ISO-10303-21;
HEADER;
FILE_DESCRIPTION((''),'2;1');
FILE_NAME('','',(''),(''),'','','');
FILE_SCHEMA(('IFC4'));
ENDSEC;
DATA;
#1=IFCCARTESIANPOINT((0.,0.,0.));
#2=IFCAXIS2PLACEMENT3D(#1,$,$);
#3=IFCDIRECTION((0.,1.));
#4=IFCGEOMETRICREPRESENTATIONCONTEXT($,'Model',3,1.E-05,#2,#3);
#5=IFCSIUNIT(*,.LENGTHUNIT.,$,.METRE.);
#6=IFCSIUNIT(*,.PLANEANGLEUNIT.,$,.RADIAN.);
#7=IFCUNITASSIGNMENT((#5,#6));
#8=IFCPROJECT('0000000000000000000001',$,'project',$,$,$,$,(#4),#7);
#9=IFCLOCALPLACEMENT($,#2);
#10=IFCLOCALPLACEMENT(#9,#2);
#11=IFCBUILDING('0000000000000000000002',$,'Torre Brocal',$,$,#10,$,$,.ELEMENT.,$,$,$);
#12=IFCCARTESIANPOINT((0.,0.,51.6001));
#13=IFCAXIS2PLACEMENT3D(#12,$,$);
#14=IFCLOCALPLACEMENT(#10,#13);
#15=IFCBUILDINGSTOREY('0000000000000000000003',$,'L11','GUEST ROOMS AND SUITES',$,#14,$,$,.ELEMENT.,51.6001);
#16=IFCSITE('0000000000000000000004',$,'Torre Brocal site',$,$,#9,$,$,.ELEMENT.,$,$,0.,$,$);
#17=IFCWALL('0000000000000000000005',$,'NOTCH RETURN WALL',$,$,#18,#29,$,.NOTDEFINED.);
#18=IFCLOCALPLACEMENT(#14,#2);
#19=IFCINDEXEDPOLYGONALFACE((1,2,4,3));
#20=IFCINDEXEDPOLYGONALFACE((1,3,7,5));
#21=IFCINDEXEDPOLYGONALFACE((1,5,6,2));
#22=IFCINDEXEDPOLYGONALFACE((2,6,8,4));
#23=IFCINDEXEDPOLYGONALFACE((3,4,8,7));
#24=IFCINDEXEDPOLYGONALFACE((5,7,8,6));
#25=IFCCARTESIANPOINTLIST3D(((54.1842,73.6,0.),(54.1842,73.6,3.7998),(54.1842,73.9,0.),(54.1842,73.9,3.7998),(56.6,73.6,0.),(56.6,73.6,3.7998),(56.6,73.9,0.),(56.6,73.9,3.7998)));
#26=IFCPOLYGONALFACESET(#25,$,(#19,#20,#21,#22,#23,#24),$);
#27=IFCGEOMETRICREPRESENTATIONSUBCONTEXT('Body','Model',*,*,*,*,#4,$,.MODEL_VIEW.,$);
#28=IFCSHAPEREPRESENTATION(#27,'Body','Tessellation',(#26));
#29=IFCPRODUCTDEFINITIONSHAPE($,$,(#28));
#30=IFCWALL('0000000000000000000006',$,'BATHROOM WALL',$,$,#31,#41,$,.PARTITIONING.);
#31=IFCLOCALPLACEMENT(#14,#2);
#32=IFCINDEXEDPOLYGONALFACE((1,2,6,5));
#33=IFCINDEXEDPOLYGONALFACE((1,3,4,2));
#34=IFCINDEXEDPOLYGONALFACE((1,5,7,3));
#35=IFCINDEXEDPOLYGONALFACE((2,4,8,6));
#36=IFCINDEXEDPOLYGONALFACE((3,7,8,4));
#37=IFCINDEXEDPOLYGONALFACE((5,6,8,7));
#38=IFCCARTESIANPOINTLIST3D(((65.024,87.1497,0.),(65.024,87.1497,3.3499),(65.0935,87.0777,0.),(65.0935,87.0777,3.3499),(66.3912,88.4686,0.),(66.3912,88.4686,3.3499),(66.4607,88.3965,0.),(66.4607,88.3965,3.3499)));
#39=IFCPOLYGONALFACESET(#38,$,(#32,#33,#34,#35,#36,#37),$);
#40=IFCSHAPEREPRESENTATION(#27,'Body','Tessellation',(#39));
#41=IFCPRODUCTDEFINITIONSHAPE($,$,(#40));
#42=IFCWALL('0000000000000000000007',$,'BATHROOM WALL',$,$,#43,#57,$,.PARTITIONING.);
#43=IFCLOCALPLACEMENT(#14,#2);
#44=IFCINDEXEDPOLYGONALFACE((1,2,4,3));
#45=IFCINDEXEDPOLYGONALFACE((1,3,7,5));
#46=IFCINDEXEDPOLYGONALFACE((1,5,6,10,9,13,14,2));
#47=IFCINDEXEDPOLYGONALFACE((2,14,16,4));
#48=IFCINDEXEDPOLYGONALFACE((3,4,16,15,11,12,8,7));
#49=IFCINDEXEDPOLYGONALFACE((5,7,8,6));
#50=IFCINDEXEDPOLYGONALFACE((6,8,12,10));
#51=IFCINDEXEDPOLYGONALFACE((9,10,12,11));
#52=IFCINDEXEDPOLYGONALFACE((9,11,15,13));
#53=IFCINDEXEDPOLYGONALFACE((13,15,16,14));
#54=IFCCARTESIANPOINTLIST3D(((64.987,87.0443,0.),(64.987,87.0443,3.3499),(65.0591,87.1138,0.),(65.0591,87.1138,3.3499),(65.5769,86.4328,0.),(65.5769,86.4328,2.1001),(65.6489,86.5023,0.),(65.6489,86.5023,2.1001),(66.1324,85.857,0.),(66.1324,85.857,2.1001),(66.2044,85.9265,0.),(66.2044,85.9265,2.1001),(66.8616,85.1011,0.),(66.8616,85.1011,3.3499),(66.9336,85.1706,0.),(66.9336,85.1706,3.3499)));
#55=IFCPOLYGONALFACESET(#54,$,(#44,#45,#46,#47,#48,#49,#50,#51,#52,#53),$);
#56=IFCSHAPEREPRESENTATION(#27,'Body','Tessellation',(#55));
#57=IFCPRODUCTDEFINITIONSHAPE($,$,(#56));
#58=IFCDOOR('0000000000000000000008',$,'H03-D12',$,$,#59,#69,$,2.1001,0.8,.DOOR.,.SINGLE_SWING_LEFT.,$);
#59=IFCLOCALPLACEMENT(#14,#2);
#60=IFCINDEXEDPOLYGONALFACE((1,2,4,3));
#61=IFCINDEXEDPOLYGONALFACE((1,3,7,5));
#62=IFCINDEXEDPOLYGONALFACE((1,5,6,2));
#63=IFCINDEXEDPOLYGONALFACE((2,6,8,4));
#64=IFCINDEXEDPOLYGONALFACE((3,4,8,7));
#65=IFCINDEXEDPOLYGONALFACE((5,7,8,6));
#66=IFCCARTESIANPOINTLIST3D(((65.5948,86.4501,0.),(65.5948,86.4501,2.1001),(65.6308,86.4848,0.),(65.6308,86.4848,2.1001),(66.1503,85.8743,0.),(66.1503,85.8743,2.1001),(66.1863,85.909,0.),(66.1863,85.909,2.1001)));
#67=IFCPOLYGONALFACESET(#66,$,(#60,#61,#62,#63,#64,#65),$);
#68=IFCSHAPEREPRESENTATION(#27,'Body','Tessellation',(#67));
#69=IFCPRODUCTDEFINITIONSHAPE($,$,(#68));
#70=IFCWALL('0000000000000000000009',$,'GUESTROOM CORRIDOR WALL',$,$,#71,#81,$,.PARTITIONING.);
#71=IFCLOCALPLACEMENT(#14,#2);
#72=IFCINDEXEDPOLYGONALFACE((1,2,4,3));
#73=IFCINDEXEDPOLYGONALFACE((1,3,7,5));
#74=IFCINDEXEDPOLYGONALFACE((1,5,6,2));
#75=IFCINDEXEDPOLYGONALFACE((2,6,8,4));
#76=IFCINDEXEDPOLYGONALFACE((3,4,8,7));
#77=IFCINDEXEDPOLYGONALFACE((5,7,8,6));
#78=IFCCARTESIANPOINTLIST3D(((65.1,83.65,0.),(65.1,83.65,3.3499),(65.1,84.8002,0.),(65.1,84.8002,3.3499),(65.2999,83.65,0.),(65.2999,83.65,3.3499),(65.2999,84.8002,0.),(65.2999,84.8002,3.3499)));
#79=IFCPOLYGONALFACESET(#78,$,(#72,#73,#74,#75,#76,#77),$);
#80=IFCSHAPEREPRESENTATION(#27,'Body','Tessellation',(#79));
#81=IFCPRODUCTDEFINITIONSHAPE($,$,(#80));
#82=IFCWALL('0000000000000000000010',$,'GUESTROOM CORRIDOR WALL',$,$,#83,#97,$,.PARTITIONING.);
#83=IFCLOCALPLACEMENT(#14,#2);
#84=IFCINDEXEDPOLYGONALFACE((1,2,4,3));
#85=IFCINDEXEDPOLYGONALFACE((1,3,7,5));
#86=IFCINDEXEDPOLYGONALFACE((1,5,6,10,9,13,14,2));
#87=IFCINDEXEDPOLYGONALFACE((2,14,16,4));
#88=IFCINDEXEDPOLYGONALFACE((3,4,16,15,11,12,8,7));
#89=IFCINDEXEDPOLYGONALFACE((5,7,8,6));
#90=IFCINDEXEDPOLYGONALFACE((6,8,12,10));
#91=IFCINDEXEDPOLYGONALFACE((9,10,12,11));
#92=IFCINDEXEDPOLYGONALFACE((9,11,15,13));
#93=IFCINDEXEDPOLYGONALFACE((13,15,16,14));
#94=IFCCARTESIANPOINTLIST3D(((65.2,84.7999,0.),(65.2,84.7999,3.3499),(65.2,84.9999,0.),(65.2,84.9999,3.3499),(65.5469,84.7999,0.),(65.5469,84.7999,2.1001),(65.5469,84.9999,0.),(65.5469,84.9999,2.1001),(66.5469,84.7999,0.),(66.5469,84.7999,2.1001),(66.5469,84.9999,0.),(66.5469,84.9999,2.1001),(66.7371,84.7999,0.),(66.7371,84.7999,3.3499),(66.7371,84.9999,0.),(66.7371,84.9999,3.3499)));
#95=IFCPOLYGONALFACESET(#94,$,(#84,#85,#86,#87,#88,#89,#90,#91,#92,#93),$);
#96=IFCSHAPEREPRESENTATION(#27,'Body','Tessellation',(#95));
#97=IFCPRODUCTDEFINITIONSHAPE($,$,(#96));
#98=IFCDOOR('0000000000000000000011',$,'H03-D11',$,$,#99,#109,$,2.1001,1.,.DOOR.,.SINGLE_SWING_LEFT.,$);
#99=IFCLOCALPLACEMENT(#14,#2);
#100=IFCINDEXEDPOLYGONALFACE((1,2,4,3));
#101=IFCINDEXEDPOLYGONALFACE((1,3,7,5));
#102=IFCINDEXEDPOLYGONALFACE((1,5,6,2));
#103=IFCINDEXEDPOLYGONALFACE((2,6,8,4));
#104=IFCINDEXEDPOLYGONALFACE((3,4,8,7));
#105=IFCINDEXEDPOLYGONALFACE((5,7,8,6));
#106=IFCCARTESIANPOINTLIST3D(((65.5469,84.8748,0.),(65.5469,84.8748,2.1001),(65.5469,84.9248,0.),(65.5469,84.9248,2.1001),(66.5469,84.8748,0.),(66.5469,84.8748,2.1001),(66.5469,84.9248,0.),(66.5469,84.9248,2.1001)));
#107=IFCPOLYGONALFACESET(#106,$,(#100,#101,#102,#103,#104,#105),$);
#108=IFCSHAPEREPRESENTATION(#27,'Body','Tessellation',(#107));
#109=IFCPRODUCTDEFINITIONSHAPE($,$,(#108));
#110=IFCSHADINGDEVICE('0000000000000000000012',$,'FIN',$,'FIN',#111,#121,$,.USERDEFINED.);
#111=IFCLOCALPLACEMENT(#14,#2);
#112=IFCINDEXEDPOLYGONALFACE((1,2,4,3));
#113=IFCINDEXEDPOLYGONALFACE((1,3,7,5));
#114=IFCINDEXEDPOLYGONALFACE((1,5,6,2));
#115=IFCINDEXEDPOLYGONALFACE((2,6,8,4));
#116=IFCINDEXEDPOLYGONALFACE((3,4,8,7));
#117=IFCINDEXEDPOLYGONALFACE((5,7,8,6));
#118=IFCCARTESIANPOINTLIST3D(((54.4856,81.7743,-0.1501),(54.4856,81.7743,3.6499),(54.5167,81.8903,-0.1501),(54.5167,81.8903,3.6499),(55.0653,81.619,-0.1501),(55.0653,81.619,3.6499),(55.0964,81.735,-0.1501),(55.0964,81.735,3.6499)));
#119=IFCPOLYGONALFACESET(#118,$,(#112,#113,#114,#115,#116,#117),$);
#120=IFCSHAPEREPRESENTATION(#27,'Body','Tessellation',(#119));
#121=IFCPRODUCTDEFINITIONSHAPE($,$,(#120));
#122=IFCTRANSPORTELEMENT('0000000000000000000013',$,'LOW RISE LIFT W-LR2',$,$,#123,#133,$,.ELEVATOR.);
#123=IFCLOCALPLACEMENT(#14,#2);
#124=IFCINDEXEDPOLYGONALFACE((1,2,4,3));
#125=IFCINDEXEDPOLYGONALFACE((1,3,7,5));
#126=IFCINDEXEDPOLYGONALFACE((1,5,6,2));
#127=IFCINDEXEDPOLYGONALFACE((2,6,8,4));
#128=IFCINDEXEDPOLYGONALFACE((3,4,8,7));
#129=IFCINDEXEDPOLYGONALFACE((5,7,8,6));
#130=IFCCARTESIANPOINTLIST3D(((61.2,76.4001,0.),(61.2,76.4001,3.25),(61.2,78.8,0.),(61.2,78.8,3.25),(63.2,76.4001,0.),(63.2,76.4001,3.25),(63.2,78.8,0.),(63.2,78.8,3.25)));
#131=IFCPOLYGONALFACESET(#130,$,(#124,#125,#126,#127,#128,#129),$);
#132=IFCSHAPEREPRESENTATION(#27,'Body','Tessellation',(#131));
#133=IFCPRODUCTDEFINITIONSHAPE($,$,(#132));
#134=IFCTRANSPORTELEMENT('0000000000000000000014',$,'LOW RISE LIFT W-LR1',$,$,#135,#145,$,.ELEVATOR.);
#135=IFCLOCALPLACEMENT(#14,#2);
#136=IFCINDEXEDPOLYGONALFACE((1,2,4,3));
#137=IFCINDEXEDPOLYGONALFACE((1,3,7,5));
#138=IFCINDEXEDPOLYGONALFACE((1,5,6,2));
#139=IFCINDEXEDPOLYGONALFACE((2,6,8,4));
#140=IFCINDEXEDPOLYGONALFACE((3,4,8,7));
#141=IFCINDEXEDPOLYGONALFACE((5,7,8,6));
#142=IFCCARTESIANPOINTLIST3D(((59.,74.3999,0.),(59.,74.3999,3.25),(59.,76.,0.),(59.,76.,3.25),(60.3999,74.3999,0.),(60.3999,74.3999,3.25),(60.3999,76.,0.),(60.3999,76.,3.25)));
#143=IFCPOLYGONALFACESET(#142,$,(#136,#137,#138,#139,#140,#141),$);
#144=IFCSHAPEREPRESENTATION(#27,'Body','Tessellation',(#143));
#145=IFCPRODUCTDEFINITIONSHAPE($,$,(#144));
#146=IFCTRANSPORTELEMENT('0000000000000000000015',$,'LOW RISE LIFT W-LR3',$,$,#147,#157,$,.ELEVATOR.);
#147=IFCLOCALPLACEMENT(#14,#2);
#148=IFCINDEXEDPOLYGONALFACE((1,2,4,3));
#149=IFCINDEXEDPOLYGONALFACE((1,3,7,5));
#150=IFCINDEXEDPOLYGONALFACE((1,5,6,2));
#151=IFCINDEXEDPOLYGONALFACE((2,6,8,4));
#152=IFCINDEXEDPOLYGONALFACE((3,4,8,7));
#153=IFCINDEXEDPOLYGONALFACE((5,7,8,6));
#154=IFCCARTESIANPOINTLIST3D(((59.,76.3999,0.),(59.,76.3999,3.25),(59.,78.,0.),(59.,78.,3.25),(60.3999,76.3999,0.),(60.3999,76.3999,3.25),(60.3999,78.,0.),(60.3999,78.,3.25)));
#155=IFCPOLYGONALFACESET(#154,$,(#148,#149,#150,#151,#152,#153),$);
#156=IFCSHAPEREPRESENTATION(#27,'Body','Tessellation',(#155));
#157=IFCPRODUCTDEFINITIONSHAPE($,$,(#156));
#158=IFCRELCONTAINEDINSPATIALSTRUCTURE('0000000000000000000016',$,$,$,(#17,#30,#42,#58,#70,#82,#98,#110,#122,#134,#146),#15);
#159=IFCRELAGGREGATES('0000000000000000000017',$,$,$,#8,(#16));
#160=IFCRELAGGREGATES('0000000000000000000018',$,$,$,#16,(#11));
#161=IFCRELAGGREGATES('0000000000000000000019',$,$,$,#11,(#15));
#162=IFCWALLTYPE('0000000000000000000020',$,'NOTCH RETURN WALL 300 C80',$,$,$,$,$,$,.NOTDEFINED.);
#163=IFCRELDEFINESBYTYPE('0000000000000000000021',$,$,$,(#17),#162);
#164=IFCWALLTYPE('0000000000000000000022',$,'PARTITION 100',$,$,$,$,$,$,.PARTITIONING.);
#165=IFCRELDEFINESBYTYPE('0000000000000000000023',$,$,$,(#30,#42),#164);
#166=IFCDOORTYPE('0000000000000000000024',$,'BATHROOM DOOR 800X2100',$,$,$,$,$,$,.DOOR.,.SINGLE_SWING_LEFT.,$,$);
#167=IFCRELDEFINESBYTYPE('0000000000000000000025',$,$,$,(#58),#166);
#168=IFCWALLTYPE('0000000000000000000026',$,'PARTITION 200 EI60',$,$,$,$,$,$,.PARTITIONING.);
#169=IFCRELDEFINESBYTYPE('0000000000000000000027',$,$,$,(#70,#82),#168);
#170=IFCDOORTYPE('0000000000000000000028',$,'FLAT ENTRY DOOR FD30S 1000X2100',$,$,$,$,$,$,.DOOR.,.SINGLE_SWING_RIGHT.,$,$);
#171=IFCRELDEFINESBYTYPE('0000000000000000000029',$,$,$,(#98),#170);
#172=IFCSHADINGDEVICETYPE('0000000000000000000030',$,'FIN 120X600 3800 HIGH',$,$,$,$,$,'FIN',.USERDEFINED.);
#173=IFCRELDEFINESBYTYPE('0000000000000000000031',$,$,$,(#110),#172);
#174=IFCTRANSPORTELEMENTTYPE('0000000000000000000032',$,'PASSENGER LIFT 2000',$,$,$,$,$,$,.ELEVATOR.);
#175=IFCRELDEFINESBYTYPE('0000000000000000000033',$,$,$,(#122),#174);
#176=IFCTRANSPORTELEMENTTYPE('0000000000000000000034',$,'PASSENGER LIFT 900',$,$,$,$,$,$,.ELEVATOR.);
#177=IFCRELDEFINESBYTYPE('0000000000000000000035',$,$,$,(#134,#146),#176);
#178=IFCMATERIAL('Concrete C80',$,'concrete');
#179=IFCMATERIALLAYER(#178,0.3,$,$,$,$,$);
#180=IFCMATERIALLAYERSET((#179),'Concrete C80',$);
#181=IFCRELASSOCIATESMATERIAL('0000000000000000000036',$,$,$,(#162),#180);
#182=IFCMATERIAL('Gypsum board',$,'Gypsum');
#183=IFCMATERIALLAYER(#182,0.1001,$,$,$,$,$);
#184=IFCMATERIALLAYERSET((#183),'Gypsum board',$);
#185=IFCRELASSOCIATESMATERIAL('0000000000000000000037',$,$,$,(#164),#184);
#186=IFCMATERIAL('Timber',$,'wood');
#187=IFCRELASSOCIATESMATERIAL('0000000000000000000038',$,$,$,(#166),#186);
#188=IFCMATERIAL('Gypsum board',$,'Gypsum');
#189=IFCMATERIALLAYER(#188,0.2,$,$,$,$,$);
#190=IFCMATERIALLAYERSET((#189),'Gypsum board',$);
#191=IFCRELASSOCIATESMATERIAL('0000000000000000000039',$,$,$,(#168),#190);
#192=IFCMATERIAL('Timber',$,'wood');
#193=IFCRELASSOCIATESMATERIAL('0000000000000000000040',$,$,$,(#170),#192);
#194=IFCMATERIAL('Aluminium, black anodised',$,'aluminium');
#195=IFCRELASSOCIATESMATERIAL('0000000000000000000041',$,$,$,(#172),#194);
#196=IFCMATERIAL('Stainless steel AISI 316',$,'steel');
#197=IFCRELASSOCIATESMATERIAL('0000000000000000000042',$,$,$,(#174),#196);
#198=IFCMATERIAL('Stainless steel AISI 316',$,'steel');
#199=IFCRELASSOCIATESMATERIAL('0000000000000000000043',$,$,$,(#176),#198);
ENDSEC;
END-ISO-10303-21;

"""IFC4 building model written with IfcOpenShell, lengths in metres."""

from ifc_helpers import new_model, si_unit, direction, frame, frame_2d, origin, origin_2d, place, context, subcontext, project, spatial, rectangle, extrude, material, layer, layer_set, material_profile, profile_set, type_object, element, fill, save


model = new_model("IFC4")

# Units and contexts
model_context = context("Model", 3, precision=1e-05, world=origin(), true_north=direction((0.0, 1.0)))
body_context = subcontext(model_context, "Body", "Model", "MODEL_VIEW")
ifc_project = project(units=[si_unit("LENGTHUNIT", "METRE"), si_unit("PLANEANGLEUNIT", "RADIAN")], contexts=[model_context])

# Site, building, storey
site_placement = place(None, origin())
site = spatial("IfcSite", under=ifc_project, at=site_placement, Name="Torre Brocal site", CompositionType="ELEMENT", RefElevation=0.0)
building_placement = place(site_placement, origin())
building = spatial("IfcBuilding", under=site, at=building_placement, Name="Torre Brocal", CompositionType="ELEMENT")
storey_placement = place(building_placement, frame((0.0, 0.0, 51.6001)))
storey = spatial("IfcBuildingStorey", under=building, at=storey_placement, Name="L11", Description="GUEST ROOMS AND SUITES", CompositionType="ELEMENT", Elevation=51.6001)

# Walls
ifc_material_1 = material(Name="Concrete C80", Category="concrete")
ifc_layer_1 = layer(ifc_material_1, 0.3)
ifc_layer_set_1 = layer_set([ifc_layer_1], Name="Concrete C80")
wall_type_1 = type_object("IfcWallType", Name="NOTCH RETURN WALL 300 C80", PredefinedType="NOTDEFINED", material=ifc_layer_set_1)
for number, where, z_axis, x_axis, name in (
    (1, (56.6001, 73.75, 0.0), (0.0, 0.0, 1.0), (-1.0, 0.0, 0.0), "NOTCH RETURN WALL"),
):
    element("IfcWall", number, at=place(storey_placement, frame(where, z_axis=z_axis, x_axis=x_axis)), inside=storey, type_object=wall_type_1, Name=name, PredefinedType="NOTDEFINED", context=body_context, shape_type="SweptSolid", body=[
        extrude(rectangle(XDim=2.4158, YDim=0.3, at=frame_2d((1.208, 0.0))), origin(), (0.0, 0.0, 1.0), 3.7998),
    ])
ifc_material_2 = material(Name="Gypsum board", Category="Gypsum")
ifc_layer_2 = layer(ifc_material_2, 0.1001)
ifc_layer_set_2 = layer_set([ifc_layer_2], Name="Gypsum board")
wall_type_2 = type_object("IfcWallType", Name="PARTITION 100", PredefinedType="PARTITIONING", material=ifc_layer_set_2)
wall_1_placement = place(storey_placement, frame((65.0588, 87.1138, 0.0), z_axis=(0.0, 0.0, 1.0), x_axis=(0.719716, 0.694269, 0.0)))
element("IfcWall", 2, at=wall_1_placement, inside=storey, type_object=wall_type_2, Name="BATHROOM WALL", PredefinedType="PARTITIONING", context=body_context, shape_type="SweptSolid", body=[
    extrude(rectangle(XDim=1.8997, YDim=0.1001, at=frame_2d((0.9497, 0.0))), origin(), (0.0, 0.0, 1.0), 3.3499),
])

# Wall, opening, door
wall_2_placement = place(storey_placement, frame((65.0229, 87.0791, 0.0), z_axis=(0.0, 0.0, 1.0), x_axis=(0.694288, -0.719697, 0.0)))
wall_2 = element("IfcWall", 3, at=wall_2_placement, inside=storey, type_object=wall_type_2, Name="BATHROOM WALL", PredefinedType="PARTITIONING", context=body_context, shape_type="SweptSolid", body=[
    extrude(rectangle(XDim=2.7, YDim=0.1001, at=frame_2d((1.3501, 0.0))), origin(), (0.0, 0.0, 1.0), 3.3499),
])
opening_1_placement = place(wall_2_placement, frame((0.8499, 0.0, 0.0)))
opening_1 = element("IfcOpeningElement", 4, at=opening_1_placement, cuts=wall_2, PredefinedType="OPENING", context=body_context, shape_type="SweptSolid", body=[
    extrude(rectangle(XDim=0.8, YDim=2.1001, at=frame_2d((0.3999, 1.05))), frame((0.0, 0.0601, 0.0), z_axis=(0.0, -1.0, 0.0), x_axis=(1.0, 0.0, 0.0)), (0.0, 0.0, 1.0), 0.1201),
])
ifc_material_3 = material(Name="Timber", Category="wood")
door_type_1 = type_object("IfcDoorType", Name="BATHROOM DOOR 800X2100", OperationType="SINGLE_SWING_LEFT", PredefinedType="DOOR", material=ifc_material_3)
door_1_placement = place(opening_1_placement, origin())
door_1 = element("IfcDoor", 5, at=door_1_placement, inside=storey, type_object=door_type_1, Name="H03-D12", OperationType="SINGLE_SWING_LEFT", OverallHeight=2.1001, OverallWidth=0.8, PredefinedType="DOOR", context=body_context, shape_type="SweptSolid", body=[
    extrude(rectangle(XDim=0.8, YDim=2.1001, at=frame_2d((0.3999, 1.05))), frame((0.0, 0.0249, 0.0), z_axis=(0.0, -1.0, 0.0), x_axis=(1.0, 0.0, 0.0)), (0.0, 0.0, 1.0), 0.05),
])
fill(opening_1, door_1)

# Wall
ifc_material_4 = material(Name="Gypsum board", Category="Gypsum")
ifc_layer_3 = layer(ifc_material_4, 0.2)
ifc_layer_set_3 = layer_set([ifc_layer_3], Name="Gypsum board")
wall_type_3 = type_object("IfcWallType", Name="PARTITION 200 EI60", PredefinedType="PARTITIONING", material=ifc_layer_set_3)
wall_3_placement = place(storey_placement, frame((65.2, 83.6499, 0.0), z_axis=(0.0, 0.0, 1.0), x_axis=(0.0, 1.0, 0.0)))
element("IfcWall", 6, at=wall_3_placement, inside=storey, type_object=wall_type_3, Name="GUESTROOM CORRIDOR WALL", PredefinedType="PARTITIONING", context=body_context, shape_type="SweptSolid", body=[
    extrude(rectangle(XDim=1.1501, YDim=0.2, at=frame_2d((0.5752, 0.0))), origin(), (0.0, 0.0, 1.0), 3.3499),
])

# Wall, opening, door
wall_4_placement = place(storey_placement, frame((65.2, 84.8999, 0.0), z_axis=(0.0, 0.0, 1.0), x_axis=(1.0, 0.0, 0.0)))
wall_4 = element("IfcWall", 7, at=wall_4_placement, inside=storey, type_object=wall_type_3, Name="GUESTROOM CORRIDOR WALL", PredefinedType="PARTITIONING", context=body_context, shape_type="SweptSolid", body=[
    extrude(rectangle(XDim=1.5371, YDim=0.2, at=frame_2d((0.7686, 0.0))), origin(), (0.0, 0.0, 1.0), 3.3499),
])
opening_2_placement = place(wall_4_placement, frame((0.3469, 0.0, 0.0)))
opening_2 = element("IfcOpeningElement", 8, at=opening_2_placement, cuts=wall_4, PredefinedType="OPENING", context=body_context, shape_type="SweptSolid", body=[
    extrude(rectangle(XDim=1.0, YDim=2.1001, at=frame_2d((0.5, 1.05))), frame((0.0, 0.1099, 0.0), z_axis=(0.0, -1.0, 0.0), x_axis=(1.0, 0.0, 0.0)), (0.0, 0.0, 1.0), 0.22),
])
ifc_material_5 = material(Name="Timber", Category="wood")
door_type_2 = type_object("IfcDoorType", Name="FLAT ENTRY DOOR FD30S 1000X2100", OperationType="SINGLE_SWING_RIGHT", PredefinedType="DOOR", material=ifc_material_5)
door_2_placement = place(opening_2_placement, origin())
door_2 = element("IfcDoor", 9, at=door_2_placement, inside=storey, type_object=door_type_2, Name="H03-D11", OperationType="SINGLE_SWING_LEFT", OverallHeight=2.1001, OverallWidth=1.0, PredefinedType="DOOR", context=body_context, shape_type="SweptSolid", body=[
    extrude(rectangle(XDim=1.0, YDim=2.1001, at=frame_2d((0.5, 1.05))), frame((0.0, 0.0249, 0.0), z_axis=(0.0, -1.0, 0.0), x_axis=(1.0, 0.0, 0.0)), (0.0, 0.0, 1.0), 0.05),
])
fill(opening_2, door_2)

# Shading device
ifc_material_6 = material(Name="Aluminium, black anodised", Category="aluminium")
ifc_material_profile_1 = material_profile(ifc_material_6, rectangle(XDim=0.1201, YDim=0.6001, at=origin_2d()), Name="FIN 120X600 3800 HIGH")
ifc_profile_set_1 = profile_set([ifc_material_profile_1], Name="Aluminium, black anodised")
shading_device_type = type_object("IfcShadingDeviceType", Name="FIN 120X600 3800 HIGH", ElementType="FIN", PredefinedType="USERDEFINED", material=ifc_profile_set_1)
shading_device_placement = place(storey_placement, frame((54.791, 81.7546, -0.1501), z_axis=(0.0, 0.0, 1.0), x_axis=(-0.258819, -0.965926, 0.0)))
element("IfcShadingDevice", 10, at=shading_device_placement, inside=storey, type_object=shading_device_type, Name="FIN", ObjectType="FIN", PredefinedType="USERDEFINED", context=body_context, shape_type="SweptSolid", body=[
    extrude(rectangle(XDim=0.1201, YDim=0.6001, at=origin_2d()), origin(), (0.0, 0.0, 1.0), 3.8),
])

# Transport elements
ifc_material_7 = material(Name="Stainless steel AISI 316", Category="steel")
transport_element_type_1 = type_object("IfcTransportElementType", Name="PASSENGER LIFT 2000", PredefinedType="ELEVATOR", material=ifc_material_7)
transport_element_placement = place(storey_placement, frame((62.2, 77.6001, 0.0), z_axis=(0.0, 0.0, 1.0), x_axis=(1.0, 0.0, 0.0)))
element("IfcTransportElement", 11, at=transport_element_placement, inside=storey, type_object=transport_element_type_1, Name="LOW RISE LIFT W-LR2", PredefinedType="ELEVATOR", context=body_context, shape_type="SweptSolid", body=[
    extrude(rectangle(XDim=2.0, YDim=2.3999, at=origin_2d()), origin(), (0.0, 0.0, 1.0), 3.25),
])
ifc_material_8 = material(Name="Stainless steel AISI 316", Category="steel")
transport_element_type_2 = type_object("IfcTransportElementType", Name="PASSENGER LIFT 900", PredefinedType="ELEVATOR", material=ifc_material_8)
for number, where, z_axis, x_axis, name in (
    (12, (59.7, 75.2, 0.0), (0.0, 0.0, 1.0), (1.0, 0.0, 0.0), "LOW RISE LIFT W-LR1"),
    (13, (59.7, 77.2, 0.0), (0.0, 0.0, 1.0), (1.0, 0.0, 0.0), "LOW RISE LIFT W-LR3"),
):
    element("IfcTransportElement", number, at=place(storey_placement, frame(where, z_axis=z_axis, x_axis=x_axis)), inside=storey, type_object=transport_element_type_2, Name=name, PredefinedType="ELEVATOR", context=body_context, shape_type="SweptSolid", body=[
        extrude(rectangle(XDim=1.3999, YDim=1.6001, at=origin_2d()), origin(), (0.0, 0.0, 1.0), 3.25),
    ])

save(model, "model.ifc")
